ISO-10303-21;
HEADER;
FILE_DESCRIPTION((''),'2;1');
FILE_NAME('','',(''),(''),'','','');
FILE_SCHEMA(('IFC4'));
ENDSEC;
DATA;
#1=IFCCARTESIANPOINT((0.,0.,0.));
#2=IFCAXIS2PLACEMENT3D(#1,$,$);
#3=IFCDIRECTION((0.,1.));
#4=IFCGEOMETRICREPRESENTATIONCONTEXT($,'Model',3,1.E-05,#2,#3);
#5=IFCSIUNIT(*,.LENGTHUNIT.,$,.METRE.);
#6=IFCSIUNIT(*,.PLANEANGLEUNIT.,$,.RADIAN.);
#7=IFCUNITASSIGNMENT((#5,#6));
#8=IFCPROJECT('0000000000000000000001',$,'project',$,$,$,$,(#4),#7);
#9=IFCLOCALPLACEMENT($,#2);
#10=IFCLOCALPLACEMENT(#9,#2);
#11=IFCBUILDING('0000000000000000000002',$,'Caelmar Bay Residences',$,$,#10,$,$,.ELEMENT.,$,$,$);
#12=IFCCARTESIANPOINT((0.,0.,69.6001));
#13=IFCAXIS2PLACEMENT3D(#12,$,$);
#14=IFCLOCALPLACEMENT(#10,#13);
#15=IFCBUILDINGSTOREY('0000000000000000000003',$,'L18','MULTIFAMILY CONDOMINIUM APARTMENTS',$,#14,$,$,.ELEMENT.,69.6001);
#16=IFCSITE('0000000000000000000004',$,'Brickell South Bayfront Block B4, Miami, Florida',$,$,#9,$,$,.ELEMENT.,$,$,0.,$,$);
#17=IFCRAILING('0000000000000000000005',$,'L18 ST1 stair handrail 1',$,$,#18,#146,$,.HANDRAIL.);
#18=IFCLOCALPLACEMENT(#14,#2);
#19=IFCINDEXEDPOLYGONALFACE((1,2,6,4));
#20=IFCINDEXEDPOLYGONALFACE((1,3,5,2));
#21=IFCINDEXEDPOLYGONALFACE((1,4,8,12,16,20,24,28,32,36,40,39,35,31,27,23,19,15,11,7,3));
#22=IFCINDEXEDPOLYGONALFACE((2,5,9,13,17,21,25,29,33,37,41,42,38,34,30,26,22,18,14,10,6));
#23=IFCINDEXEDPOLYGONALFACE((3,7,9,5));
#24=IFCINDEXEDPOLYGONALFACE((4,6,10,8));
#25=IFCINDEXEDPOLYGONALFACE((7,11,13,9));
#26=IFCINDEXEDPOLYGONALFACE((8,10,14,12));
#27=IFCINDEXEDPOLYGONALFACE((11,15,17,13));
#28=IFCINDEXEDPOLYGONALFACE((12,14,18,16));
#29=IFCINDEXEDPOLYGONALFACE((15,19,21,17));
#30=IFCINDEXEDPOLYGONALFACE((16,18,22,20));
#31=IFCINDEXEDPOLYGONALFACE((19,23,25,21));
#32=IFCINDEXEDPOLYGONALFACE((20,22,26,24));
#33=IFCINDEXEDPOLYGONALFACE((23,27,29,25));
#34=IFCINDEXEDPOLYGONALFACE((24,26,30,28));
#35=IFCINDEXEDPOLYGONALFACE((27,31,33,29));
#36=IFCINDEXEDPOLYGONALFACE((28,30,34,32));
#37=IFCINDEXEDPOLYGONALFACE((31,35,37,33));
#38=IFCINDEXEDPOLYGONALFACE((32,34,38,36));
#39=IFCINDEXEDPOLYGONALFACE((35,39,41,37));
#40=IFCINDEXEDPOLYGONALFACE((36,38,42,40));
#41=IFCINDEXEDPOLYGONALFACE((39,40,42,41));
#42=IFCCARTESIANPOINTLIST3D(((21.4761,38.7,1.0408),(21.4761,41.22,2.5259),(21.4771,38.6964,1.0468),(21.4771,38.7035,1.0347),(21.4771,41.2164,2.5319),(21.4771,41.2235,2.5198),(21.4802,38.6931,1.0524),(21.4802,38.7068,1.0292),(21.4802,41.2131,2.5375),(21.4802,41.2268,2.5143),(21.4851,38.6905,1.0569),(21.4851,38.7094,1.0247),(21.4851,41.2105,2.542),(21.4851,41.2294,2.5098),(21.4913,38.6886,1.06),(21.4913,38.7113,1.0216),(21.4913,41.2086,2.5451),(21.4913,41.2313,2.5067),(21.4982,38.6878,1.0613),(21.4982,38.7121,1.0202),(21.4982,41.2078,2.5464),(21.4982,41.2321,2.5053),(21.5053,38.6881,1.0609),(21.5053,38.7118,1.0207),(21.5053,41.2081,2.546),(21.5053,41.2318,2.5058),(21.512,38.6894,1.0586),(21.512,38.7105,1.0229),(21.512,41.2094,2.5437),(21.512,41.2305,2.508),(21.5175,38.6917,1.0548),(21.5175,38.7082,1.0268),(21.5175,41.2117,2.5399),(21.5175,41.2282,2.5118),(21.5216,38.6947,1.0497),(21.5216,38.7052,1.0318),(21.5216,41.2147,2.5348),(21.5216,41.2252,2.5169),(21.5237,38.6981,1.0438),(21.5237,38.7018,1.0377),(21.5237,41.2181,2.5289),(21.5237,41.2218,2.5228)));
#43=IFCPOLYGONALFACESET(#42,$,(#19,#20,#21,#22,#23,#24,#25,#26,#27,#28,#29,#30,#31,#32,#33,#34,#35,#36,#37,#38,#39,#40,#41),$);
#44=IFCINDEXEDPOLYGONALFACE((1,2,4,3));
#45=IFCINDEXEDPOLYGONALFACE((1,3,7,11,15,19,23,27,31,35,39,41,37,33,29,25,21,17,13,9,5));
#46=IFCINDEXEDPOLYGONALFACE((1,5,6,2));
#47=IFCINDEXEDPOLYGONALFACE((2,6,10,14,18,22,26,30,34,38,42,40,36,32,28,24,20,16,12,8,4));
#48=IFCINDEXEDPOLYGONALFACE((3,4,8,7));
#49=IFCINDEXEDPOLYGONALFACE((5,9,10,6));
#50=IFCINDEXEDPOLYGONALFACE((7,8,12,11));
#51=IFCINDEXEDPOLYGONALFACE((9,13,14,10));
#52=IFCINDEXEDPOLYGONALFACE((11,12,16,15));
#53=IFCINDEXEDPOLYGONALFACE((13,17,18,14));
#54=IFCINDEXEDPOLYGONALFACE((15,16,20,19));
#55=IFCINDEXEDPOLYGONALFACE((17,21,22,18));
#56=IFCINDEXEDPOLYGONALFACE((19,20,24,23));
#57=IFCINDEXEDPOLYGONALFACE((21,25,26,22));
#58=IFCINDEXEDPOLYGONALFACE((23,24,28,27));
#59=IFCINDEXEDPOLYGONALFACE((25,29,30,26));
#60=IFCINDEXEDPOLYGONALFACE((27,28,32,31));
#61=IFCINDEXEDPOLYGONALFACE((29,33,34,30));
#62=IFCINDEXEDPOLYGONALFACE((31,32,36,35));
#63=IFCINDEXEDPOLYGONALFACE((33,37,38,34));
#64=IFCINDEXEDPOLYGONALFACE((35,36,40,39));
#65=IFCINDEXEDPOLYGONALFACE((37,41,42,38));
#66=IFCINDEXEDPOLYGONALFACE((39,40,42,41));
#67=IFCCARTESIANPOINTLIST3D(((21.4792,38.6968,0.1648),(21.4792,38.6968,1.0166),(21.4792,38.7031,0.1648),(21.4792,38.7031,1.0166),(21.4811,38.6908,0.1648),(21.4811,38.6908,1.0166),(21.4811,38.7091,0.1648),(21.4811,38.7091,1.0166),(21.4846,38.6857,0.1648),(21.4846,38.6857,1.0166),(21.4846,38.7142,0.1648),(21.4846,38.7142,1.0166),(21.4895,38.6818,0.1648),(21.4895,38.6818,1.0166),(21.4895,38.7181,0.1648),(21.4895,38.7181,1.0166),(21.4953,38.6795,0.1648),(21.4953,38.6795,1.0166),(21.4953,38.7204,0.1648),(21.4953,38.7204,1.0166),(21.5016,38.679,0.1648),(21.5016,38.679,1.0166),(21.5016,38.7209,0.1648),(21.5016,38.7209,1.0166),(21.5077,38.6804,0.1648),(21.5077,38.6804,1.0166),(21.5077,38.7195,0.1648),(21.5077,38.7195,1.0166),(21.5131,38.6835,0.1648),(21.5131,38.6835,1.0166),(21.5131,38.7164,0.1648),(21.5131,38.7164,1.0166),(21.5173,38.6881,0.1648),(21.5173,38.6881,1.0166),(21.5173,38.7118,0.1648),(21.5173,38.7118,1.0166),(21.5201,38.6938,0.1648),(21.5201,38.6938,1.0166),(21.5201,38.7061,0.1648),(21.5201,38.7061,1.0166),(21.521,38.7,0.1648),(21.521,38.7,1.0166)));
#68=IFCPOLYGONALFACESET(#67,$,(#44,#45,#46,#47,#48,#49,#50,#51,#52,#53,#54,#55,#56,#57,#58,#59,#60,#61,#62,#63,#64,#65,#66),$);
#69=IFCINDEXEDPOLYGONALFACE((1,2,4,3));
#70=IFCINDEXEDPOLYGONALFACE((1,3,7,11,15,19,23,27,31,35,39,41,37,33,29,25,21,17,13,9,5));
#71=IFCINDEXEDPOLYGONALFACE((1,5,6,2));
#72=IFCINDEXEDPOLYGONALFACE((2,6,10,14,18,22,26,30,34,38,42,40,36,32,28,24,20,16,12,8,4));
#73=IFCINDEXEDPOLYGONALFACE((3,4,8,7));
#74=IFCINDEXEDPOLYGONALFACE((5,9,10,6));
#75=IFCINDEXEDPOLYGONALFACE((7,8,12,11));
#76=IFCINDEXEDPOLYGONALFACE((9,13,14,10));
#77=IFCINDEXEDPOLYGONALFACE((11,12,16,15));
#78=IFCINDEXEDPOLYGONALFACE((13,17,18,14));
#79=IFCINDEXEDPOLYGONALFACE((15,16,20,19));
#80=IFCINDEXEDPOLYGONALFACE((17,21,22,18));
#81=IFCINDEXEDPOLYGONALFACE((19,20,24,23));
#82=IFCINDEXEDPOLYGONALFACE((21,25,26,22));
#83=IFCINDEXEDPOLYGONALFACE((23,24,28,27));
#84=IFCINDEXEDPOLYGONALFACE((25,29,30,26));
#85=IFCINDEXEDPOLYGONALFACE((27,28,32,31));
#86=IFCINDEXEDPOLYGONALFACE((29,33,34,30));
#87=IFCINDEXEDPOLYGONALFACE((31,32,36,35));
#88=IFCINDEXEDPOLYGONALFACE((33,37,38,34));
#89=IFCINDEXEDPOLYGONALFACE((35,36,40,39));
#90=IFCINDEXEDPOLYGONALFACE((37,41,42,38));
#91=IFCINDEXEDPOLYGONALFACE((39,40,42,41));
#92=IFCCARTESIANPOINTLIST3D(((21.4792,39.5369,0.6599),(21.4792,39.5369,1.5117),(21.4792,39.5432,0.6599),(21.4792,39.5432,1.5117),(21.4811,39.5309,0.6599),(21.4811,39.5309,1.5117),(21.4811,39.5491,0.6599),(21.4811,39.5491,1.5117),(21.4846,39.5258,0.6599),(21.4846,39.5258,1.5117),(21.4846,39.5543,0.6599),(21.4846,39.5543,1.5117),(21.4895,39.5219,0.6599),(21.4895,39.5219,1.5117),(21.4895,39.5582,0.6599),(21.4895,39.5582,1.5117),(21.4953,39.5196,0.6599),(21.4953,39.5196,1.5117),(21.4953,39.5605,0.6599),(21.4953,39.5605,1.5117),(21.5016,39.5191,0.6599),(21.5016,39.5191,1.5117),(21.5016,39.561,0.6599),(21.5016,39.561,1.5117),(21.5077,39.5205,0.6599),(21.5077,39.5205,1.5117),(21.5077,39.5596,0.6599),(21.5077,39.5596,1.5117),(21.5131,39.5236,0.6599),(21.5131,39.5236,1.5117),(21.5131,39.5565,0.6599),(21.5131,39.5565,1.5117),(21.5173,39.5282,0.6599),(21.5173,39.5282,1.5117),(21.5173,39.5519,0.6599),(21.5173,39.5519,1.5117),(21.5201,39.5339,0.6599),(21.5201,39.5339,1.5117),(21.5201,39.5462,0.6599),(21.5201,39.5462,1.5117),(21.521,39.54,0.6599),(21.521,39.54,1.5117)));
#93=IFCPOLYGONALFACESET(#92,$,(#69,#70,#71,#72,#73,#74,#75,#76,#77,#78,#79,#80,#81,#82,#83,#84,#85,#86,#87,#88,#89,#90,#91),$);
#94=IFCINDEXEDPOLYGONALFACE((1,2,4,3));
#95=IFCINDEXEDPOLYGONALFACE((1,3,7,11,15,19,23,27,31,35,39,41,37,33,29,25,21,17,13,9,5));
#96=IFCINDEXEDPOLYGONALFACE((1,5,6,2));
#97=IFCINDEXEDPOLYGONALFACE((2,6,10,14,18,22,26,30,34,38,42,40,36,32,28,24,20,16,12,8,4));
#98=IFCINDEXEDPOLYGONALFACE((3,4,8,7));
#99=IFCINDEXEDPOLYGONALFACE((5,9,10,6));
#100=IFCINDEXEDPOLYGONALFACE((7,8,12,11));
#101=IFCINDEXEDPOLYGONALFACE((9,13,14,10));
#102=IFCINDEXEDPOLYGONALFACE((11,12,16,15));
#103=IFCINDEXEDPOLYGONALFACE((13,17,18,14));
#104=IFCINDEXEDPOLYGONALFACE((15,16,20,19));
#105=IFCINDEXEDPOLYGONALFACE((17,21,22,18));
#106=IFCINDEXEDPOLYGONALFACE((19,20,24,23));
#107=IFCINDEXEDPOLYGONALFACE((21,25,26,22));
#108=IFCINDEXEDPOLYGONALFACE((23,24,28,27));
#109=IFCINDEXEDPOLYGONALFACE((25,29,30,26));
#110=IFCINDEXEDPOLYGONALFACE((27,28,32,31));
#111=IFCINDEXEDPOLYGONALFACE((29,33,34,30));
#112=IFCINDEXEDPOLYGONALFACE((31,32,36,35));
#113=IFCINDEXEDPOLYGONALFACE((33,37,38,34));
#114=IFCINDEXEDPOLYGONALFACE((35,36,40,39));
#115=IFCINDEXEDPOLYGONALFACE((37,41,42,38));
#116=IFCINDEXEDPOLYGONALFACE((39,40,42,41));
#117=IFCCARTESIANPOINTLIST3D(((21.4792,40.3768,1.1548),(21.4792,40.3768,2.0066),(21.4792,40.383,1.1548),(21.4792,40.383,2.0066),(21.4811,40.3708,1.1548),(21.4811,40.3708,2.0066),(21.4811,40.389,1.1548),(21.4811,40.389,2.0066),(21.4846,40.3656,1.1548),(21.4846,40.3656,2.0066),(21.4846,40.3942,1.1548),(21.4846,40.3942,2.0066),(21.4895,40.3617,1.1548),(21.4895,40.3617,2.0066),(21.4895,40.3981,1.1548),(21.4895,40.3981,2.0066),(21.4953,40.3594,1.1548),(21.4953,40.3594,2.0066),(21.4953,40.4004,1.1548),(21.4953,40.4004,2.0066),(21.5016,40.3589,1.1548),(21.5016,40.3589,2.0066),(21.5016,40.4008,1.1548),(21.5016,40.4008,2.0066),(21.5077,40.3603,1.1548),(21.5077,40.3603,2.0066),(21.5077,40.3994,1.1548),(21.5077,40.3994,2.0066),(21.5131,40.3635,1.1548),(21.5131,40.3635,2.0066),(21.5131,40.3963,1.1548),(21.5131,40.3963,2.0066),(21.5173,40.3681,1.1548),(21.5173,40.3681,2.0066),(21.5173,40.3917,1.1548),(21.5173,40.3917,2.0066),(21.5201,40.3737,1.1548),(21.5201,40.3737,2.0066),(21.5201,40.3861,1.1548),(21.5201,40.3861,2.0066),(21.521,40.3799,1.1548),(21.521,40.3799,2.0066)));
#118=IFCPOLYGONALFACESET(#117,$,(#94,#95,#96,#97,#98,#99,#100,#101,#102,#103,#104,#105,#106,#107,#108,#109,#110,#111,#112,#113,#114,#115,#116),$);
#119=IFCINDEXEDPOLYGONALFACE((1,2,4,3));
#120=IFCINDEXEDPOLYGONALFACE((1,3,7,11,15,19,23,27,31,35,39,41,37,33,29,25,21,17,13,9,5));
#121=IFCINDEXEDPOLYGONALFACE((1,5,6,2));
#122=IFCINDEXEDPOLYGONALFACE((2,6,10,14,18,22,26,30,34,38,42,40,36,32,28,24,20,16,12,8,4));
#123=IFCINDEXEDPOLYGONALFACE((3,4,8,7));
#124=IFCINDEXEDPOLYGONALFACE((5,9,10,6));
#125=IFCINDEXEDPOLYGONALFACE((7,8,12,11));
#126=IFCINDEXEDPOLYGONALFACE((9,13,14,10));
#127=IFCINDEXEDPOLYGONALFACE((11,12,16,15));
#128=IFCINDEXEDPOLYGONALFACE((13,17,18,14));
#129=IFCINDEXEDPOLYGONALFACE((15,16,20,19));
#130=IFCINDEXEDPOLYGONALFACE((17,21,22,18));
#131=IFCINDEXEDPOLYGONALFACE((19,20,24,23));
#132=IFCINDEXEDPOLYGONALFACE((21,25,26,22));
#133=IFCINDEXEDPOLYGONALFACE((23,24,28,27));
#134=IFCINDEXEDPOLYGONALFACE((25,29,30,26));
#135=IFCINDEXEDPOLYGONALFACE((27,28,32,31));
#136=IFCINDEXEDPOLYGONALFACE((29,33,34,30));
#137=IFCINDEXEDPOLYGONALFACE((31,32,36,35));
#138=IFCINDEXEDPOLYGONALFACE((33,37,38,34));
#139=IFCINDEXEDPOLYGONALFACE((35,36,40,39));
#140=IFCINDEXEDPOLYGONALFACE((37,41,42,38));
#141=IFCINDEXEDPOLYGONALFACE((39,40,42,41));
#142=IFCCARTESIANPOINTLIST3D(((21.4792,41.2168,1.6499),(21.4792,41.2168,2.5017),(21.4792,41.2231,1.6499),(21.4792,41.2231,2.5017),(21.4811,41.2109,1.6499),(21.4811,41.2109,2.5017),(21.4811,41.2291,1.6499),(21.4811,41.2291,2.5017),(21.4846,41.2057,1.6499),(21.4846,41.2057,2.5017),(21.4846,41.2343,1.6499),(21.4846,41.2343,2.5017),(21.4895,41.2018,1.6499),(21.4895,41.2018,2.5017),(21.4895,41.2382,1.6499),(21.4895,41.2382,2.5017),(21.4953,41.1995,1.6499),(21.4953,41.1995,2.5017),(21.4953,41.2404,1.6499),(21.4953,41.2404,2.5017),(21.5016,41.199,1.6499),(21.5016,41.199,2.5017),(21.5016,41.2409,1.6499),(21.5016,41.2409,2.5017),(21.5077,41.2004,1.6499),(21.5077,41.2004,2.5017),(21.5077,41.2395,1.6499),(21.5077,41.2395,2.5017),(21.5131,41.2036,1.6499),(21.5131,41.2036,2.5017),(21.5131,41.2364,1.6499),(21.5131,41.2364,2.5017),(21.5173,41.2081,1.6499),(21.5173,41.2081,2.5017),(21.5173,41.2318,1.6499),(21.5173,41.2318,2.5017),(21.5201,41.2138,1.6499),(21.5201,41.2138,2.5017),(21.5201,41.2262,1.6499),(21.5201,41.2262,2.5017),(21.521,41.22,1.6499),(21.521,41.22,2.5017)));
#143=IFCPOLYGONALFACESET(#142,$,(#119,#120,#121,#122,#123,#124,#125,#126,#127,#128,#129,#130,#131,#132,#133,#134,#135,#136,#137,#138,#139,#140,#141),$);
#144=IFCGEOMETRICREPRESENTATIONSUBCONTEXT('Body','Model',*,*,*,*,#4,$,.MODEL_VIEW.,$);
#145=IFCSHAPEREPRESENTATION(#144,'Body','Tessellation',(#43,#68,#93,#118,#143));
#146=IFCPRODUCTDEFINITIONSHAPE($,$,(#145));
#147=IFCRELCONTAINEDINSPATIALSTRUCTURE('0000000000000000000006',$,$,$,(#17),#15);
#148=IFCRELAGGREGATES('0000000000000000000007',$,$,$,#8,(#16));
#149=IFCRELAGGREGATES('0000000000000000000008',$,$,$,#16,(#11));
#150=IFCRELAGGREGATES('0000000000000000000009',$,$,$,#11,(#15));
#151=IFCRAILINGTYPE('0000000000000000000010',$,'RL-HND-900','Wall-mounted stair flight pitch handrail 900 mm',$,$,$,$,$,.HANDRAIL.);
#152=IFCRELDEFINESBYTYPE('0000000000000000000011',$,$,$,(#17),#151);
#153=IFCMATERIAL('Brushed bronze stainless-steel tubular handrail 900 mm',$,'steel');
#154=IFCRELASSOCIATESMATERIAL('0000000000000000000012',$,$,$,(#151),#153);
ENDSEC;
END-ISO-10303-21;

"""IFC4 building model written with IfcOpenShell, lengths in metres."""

from ifc_helpers import new_model, si_unit, direction, frame, origin, origin_2d, place, context, subcontext, project, spatial, circle, extrude, material, type_object, element, save


model = new_model("IFC4")

# Units and contexts
model_context = context("Model", 3, precision=1e-05, world=origin(), true_north=direction((0.0, 1.0)))
body_context = subcontext(model_context, "Body", "Model", "MODEL_VIEW")
ifc_project = project(units=[si_unit("LENGTHUNIT", "METRE"), si_unit("PLANEANGLEUNIT", "RADIAN")], contexts=[model_context])

# Site, building, storey
site_placement = place(None, origin())
site = spatial("IfcSite", under=ifc_project, at=site_placement, Name="Brickell South Bayfront Block B4, Miami, Florida", CompositionType="ELEMENT", RefElevation=0.0)
building_placement = place(site_placement, origin())
building = spatial("IfcBuilding", under=site, at=building_placement, Name="Caelmar Bay Residences", CompositionType="ELEMENT")
storey_placement = place(building_placement, frame((0.0, 0.0, 69.6001)))
storey = spatial("IfcBuildingStorey", under=building, at=storey_placement, Name="L18", Description="MULTIFAMILY CONDOMINIUM APARTMENTS", CompositionType="ELEMENT", Elevation=69.6001)

# Railing
ifc_material_1 = material(Name="Brushed bronze stainless-steel tubular handrail 900 mm", Category="steel")
railing_type_1 = type_object("IfcRailingType", Name="RL-HND-900", Description="Wall-mounted stair flight pitch handrail 900 mm", PredefinedType="HANDRAIL", material=ifc_material_1)
railing_1_placement = place(storey_placement, frame((21.5, 38.7, 0.1648)))
element("IfcRailing", 1, at=railing_1_placement, inside=storey, type_object=railing_type_1, Name="L18 ST1 stair handrail 1", PredefinedType="HANDRAIL", context=body_context, shape_type="SweptSolid", body=[
    extrude(circle(Radius=0.0239, at=origin_2d()), frame((0.0, 0.0, 0.876), z_axis=(0.0, 0.861524, 0.507717), x_axis=(-1.0, 0.0, 0.0)), (0.0, 0.0, 1.0), 2.925),
    extrude(circle(Radius=0.021, at=origin_2d()), origin(), (0.0, 0.0, 1.0), 0.8518),
    extrude(circle(Radius=0.021, at=origin_2d()), frame((0.0, 0.8401, 0.4951)), (0.0, 0.0, 1.0), 0.8518),
    extrude(circle(Radius=0.021, at=origin_2d()), frame((0.0, 1.6799, 0.99)), (0.0, 0.0, 1.0), 0.8518),
    extrude(circle(Radius=0.021, at=origin_2d()), frame((0.0, 2.52, 1.4851)), (0.0, 0.0, 1.0), 0.8518),
])

save(model, "model.ifc")
